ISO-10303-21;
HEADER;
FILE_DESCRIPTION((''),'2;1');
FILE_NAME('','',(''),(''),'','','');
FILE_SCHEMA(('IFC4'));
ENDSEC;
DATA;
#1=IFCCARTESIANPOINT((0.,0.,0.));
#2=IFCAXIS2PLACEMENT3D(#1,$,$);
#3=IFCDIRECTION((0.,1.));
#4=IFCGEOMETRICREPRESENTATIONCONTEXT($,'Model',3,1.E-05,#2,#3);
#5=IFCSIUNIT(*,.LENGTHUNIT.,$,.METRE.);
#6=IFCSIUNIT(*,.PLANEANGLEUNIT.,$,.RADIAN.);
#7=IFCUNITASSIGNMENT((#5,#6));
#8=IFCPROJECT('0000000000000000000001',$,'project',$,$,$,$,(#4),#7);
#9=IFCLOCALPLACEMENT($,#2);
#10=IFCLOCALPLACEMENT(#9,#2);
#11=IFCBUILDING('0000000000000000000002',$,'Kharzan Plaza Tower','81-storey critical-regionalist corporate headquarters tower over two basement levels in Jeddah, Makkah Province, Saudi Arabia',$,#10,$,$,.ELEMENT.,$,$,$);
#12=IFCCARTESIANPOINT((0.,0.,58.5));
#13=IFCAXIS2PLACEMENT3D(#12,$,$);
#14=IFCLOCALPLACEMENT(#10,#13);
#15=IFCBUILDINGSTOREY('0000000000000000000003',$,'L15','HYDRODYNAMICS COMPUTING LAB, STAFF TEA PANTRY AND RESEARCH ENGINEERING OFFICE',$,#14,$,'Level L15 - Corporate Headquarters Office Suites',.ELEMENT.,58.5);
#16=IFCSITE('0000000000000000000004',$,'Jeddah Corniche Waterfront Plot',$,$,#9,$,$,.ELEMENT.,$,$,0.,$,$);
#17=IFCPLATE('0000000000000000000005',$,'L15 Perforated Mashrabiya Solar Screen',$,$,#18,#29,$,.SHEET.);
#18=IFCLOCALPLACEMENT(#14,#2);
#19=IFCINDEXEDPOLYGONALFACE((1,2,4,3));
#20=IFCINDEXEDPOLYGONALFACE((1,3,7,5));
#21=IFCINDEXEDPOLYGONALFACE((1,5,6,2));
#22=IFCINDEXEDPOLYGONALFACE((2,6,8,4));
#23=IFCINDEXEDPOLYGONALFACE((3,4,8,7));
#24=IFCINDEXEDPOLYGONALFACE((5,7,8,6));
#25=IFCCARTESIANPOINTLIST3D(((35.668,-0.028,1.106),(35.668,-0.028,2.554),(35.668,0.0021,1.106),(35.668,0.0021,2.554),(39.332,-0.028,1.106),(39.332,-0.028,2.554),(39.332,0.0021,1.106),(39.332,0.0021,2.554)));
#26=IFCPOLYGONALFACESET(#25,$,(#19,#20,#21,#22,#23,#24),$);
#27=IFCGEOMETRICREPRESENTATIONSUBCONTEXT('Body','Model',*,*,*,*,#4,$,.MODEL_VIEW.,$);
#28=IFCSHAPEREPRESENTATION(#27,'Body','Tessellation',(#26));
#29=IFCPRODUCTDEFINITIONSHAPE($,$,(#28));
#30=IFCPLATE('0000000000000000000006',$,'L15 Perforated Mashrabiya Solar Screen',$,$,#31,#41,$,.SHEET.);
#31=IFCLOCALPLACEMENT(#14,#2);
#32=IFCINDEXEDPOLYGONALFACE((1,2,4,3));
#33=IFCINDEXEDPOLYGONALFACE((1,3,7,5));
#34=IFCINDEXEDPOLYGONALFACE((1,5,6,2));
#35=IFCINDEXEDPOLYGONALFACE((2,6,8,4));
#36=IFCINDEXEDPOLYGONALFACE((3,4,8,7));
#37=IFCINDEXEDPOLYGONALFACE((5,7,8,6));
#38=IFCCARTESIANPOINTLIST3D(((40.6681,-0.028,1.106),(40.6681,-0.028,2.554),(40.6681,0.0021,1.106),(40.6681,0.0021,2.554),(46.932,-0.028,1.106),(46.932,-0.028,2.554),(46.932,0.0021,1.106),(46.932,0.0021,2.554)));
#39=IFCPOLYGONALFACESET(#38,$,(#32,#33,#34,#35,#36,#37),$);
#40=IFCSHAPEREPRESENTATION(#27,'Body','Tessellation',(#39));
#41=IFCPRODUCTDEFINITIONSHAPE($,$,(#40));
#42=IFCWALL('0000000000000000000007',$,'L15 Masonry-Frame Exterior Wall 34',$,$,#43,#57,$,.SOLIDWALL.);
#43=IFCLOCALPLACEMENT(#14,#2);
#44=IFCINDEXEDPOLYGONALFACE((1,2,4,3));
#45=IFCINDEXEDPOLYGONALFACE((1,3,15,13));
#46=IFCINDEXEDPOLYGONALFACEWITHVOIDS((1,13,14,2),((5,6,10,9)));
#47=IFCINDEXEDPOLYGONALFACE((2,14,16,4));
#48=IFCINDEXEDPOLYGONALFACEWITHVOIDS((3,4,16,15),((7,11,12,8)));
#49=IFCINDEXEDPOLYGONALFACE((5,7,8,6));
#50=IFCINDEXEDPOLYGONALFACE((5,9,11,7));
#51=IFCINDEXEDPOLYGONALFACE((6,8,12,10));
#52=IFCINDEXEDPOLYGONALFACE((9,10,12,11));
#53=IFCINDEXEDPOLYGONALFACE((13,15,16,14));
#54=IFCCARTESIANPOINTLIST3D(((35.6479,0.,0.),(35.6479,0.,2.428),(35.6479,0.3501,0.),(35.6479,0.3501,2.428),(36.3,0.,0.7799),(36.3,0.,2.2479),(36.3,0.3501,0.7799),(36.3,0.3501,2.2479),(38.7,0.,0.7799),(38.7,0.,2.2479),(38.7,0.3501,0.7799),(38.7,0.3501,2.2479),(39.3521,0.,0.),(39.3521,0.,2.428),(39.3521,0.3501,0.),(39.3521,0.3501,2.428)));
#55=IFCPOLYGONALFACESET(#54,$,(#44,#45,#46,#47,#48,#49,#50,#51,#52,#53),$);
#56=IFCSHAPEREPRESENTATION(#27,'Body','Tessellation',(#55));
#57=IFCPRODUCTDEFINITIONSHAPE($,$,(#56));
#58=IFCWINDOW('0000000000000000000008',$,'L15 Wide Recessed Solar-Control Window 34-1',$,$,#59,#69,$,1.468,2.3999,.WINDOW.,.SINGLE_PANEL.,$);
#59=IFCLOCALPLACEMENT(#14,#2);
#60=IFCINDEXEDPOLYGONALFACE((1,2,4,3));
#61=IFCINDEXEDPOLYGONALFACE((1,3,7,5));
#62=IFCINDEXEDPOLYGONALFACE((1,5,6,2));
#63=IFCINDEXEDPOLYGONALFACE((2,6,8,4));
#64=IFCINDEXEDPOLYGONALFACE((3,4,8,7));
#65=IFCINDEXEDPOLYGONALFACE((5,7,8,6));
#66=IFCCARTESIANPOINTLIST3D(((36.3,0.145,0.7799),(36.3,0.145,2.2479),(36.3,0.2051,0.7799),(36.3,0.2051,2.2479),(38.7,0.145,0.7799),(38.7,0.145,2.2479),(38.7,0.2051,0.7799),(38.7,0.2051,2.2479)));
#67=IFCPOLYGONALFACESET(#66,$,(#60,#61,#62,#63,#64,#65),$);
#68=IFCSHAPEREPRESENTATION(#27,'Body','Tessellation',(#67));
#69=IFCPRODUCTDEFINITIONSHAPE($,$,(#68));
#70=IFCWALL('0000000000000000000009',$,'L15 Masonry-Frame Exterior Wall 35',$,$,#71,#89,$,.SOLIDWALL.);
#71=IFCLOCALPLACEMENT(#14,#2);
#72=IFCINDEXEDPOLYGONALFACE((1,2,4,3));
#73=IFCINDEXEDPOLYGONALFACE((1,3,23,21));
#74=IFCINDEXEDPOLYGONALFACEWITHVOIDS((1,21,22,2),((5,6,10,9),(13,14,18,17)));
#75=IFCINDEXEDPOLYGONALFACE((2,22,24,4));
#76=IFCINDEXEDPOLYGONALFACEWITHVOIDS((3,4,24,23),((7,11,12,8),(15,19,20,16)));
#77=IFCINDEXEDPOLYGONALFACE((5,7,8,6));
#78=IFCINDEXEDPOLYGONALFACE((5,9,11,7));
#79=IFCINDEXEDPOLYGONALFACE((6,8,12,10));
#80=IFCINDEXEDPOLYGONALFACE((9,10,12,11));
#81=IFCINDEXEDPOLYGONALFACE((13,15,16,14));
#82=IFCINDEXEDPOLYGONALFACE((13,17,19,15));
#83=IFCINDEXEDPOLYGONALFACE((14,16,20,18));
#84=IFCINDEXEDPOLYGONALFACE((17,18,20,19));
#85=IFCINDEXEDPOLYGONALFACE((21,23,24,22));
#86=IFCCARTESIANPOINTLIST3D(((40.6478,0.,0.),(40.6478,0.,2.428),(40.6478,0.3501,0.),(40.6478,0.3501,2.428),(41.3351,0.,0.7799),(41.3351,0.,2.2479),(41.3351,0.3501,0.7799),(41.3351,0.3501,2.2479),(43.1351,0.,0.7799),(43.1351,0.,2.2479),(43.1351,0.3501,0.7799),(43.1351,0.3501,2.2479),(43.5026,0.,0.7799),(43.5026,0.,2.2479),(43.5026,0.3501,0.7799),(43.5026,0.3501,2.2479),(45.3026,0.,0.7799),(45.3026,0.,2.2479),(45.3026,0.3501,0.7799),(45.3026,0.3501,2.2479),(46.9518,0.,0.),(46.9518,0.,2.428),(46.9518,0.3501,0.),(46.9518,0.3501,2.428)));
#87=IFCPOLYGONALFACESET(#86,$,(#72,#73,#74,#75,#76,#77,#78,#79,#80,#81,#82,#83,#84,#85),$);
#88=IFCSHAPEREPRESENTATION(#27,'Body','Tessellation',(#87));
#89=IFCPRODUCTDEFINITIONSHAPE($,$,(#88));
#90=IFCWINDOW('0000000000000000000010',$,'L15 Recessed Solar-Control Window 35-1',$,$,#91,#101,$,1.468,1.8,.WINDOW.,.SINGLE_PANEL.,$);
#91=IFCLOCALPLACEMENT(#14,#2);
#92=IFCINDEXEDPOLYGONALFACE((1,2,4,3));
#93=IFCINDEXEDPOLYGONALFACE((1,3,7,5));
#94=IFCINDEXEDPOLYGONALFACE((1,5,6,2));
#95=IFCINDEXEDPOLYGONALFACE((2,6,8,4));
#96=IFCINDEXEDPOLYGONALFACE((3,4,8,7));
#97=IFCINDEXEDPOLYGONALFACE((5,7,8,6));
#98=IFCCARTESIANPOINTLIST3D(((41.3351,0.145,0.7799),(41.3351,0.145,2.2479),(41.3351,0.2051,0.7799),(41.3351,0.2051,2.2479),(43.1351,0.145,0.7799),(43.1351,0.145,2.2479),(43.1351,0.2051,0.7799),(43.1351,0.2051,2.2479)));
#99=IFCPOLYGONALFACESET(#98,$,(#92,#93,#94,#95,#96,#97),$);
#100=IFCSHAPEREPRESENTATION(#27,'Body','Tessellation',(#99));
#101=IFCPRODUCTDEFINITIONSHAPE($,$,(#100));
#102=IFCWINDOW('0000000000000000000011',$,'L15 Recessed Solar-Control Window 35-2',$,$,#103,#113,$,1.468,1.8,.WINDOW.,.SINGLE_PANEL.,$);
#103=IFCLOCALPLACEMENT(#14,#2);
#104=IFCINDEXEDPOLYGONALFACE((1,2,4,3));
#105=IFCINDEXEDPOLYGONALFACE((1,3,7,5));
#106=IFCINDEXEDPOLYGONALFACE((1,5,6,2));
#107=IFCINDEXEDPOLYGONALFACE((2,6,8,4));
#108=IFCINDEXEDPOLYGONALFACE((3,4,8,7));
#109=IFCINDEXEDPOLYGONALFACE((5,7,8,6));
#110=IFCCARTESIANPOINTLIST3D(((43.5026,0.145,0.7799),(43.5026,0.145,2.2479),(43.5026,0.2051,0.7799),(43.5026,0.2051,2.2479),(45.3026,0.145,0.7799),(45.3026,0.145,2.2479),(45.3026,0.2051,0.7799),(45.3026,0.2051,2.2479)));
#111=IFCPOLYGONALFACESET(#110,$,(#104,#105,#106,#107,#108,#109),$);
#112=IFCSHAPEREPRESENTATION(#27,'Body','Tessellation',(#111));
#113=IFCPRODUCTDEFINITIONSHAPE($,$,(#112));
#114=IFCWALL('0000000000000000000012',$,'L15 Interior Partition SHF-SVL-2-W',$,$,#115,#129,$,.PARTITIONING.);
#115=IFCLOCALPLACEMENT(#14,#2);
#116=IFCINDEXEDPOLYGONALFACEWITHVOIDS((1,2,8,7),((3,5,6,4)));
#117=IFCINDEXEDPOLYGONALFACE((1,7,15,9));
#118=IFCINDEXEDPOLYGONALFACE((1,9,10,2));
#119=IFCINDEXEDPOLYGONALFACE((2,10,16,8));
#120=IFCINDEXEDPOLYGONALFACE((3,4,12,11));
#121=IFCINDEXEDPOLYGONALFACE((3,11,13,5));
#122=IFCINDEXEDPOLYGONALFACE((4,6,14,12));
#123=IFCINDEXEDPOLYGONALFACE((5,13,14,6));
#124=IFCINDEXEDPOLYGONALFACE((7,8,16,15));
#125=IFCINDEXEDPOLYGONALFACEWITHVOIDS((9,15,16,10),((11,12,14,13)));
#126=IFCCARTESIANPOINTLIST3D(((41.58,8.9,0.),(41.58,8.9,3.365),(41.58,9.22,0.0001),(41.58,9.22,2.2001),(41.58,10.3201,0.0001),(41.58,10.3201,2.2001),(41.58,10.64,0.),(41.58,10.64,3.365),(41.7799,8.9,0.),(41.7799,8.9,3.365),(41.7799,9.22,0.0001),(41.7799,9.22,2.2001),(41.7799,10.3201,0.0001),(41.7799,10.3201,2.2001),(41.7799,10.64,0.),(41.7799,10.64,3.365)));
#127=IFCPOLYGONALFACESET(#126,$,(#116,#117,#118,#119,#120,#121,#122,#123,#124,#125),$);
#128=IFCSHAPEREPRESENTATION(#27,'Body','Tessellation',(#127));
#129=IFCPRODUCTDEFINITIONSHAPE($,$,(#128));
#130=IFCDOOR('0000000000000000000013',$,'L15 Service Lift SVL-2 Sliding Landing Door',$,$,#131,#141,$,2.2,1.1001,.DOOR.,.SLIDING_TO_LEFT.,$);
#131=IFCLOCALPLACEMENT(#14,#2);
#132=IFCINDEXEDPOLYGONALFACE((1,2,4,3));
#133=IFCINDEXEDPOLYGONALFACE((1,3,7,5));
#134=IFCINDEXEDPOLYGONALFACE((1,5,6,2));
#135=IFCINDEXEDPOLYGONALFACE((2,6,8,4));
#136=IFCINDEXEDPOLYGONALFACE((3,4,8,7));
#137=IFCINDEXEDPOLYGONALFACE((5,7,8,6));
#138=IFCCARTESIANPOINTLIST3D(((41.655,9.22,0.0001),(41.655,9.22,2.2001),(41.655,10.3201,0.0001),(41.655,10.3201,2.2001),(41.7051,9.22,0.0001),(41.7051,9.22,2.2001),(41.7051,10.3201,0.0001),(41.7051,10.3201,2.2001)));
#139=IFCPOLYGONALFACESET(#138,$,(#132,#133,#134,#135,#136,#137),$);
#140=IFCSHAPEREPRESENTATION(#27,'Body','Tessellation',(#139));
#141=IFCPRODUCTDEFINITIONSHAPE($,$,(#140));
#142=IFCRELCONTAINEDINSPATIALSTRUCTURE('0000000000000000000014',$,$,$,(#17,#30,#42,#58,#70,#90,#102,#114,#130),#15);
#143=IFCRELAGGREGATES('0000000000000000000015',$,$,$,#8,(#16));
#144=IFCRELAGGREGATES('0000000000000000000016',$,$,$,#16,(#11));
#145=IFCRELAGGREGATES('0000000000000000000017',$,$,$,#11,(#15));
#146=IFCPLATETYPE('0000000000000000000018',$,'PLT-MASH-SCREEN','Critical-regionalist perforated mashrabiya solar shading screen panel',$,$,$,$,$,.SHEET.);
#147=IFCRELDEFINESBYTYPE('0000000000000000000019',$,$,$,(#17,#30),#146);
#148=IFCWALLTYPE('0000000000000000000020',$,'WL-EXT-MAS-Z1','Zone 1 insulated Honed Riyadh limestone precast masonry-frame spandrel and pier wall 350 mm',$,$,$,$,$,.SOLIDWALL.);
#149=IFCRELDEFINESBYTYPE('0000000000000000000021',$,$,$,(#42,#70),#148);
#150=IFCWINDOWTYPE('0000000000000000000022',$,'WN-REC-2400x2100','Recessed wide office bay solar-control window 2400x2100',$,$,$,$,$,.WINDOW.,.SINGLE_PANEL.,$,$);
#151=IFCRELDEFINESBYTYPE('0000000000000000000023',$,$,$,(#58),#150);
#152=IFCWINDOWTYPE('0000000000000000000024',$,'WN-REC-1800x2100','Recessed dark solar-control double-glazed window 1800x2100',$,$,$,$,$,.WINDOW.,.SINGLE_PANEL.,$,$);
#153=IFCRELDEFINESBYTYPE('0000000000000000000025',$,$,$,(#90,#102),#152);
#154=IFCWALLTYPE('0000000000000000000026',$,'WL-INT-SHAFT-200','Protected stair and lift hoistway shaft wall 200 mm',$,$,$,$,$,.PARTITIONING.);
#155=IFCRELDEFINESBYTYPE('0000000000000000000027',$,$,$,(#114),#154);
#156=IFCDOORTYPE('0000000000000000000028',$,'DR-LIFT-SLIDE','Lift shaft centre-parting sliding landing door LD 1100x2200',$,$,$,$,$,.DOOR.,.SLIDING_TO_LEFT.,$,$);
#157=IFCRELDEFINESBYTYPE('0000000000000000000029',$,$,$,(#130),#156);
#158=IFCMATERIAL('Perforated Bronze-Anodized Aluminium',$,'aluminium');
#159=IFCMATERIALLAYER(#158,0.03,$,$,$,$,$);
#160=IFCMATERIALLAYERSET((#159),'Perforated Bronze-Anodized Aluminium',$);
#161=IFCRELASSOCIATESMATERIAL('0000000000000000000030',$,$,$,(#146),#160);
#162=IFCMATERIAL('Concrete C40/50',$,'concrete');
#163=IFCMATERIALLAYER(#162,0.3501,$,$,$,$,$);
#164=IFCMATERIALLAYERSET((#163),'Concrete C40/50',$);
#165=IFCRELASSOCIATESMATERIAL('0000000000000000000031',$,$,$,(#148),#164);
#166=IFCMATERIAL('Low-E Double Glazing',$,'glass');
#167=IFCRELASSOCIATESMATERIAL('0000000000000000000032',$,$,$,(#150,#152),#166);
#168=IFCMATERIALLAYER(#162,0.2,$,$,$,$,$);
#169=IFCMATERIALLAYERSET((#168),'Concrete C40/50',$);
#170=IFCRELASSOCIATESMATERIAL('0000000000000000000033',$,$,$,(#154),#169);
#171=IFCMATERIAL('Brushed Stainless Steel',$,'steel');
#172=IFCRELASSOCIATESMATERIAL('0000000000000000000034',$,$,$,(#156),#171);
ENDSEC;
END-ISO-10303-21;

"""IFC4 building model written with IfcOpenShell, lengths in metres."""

from ifc_helpers import new_model, si_unit, direction, frame, frame_2d, origin, origin_2d, place, context, subcontext, project, spatial, rectangle, extrude, source, transform, mapped, material, layer, layer_set, type_object, element, fill, save


model = new_model("IFC4")

# Units and contexts
model_context = context("Model", 3, precision=1e-05, world=origin(), true_north=direction((0.0, 1.0)))
body_context = subcontext(model_context, "Body", "Model", "MODEL_VIEW")
ifc_project = project(units=[si_unit("LENGTHUNIT", "METRE"), si_unit("PLANEANGLEUNIT", "RADIAN")], contexts=[model_context])

# Site, building, storey
site_placement = place(None, origin())
site = spatial("IfcSite", under=ifc_project, at=site_placement, Name="Jeddah Corniche Waterfront Plot", CompositionType="ELEMENT", RefElevation=0.0)
building_placement = place(site_placement, origin())
building = spatial("IfcBuilding", under=site, at=building_placement, Name="Kharzan Plaza Tower", Description="81-storey critical-regionalist corporate headquarters tower over two basement levels in Jeddah, Makkah Province, Saudi Arabia", CompositionType="ELEMENT")
storey_placement = place(building_placement, frame((0.0, 0.0, 58.5)))
storey = spatial("IfcBuildingStorey", under=building, at=storey_placement, Name="L15", Description="HYDRODYNAMICS COMPUTING LAB, STAFF TEA PANTRY AND RESEARCH ENGINEERING OFFICE", LongName="Level L15 - Corporate Headquarters Office Suites", CompositionType="ELEMENT", Elevation=58.5)

# Plates
ifc_material_1 = material(Name="Perforated Bronze-Anodized Aluminium", Category="aluminium")
ifc_layer_1 = layer(ifc_material_1, 0.03)
ifc_layer_set_1 = layer_set([ifc_layer_1], Name="Perforated Bronze-Anodized Aluminium")
plate_type = type_object("IfcPlateType", Name="PLT-MASH-SCREEN", Description="Critical-regionalist perforated mashrabiya solar shading screen panel", PredefinedType="SHEET", material=ifc_layer_set_1)
shared_shape_1 = source(origin(), body_context, "Body", "SweptSolid", [
    extrude(rectangle(XDim=3.6641, YDim=0.03, at=origin_2d()), origin(), (0.0, 0.0, 1.0), 1.448),
])
plate_1_placement = place(storey_placement, frame((37.5, -0.0129, 1.106), z_axis=(0.0, 0.0, 1.0), x_axis=(1.0, 0.0, 0.0)))
element("IfcPlate", 1, at=plate_1_placement, inside=storey, type_object=plate_type, Name="L15 Perforated Mashrabiya Solar Screen", PredefinedType="SHEET", context=body_context, shape_type="MappedRepresentation", body=[
    mapped(shared_shape_1, transform((0.0, 0.0, 0.0), x_axis=(1.0, 0.0, 0.0), y_axis=(0.0, 1.0, 0.0), z_axis=(0.0, 0.0, 1.0))),
])
shared_shape_2 = source(origin(), body_context, "Body", "SweptSolid", [
    extrude(rectangle(XDim=6.2639, YDim=0.03, at=origin_2d()), origin(), (0.0, 0.0, 1.0), 1.448),
])
plate_2_placement = place(storey_placement, frame((43.8, -0.0129, 1.106), z_axis=(0.0, 0.0, 1.0), x_axis=(1.0, 0.0, 0.0)))
element("IfcPlate", 2, at=plate_2_placement, inside=storey, type_object=plate_type, Name="L15 Perforated Mashrabiya Solar Screen", PredefinedType="SHEET", context=body_context, shape_type="MappedRepresentation", body=[
    mapped(shared_shape_2, transform((0.0, 0.0, 0.0), x_axis=(1.0, 0.0, 0.0), y_axis=(0.0, 1.0, 0.0), z_axis=(0.0, 0.0, 1.0))),
])

# Wall, opening, window
ifc_material_2 = material(Name="Concrete C40/50", Category="concrete")
ifc_layer_2 = layer(ifc_material_2, 0.3501)
ifc_layer_set_2 = layer_set([ifc_layer_2], Name="Concrete C40/50")
wall_type_1 = type_object("IfcWallType", Name="WL-EXT-MAS-Z1", Description="Zone 1 insulated Honed Riyadh limestone precast masonry-frame spandrel and pier wall 350 mm", PredefinedType="SOLIDWALL", material=ifc_layer_set_2)
wall_1_placement = place(storey_placement, frame((35.6479, 0.175, 0.0), z_axis=(0.0, 0.0, 1.0), x_axis=(1.0, 0.0, 0.0)))
wall_1 = element("IfcWall", 3, at=wall_1_placement, inside=storey, type_object=wall_type_1, Name="L15 Masonry-Frame Exterior Wall 34", PredefinedType="SOLIDWALL", context=body_context, shape_type="SweptSolid", body=[
    extrude(rectangle(XDim=3.7041, YDim=0.3501, at=frame_2d((1.8521, 0.0))), origin(), (0.0, 0.0, 1.0), 2.428),
])
opening_1_placement = place(wall_1_placement, frame((0.6521, 0.0, 0.78)))
opening_1 = element("IfcOpeningElement", 4, at=opening_1_placement, cuts=wall_1, PredefinedType="OPENING", context=body_context, shape_type="SweptSolid", body=[
    extrude(rectangle(XDim=2.3999, YDim=1.468, at=frame_2d((1.2, 0.7339))), frame((0.0, 0.1851, 0.0), z_axis=(0.0, -1.0, 0.0), x_axis=(1.0, 0.0, 0.0)), (0.0, 0.0, 1.0), 0.3701),
])
ifc_material_3 = material(Name="Low-E Double Glazing", Category="glass")
window_type_1 = type_object("IfcWindowType", Name="WN-REC-2400x2100", Description="Recessed wide office bay solar-control window 2400x2100", PartitioningType="SINGLE_PANEL", PredefinedType="WINDOW", material=ifc_material_3)
shared_shape_3 = source(origin(), body_context, "Body", "SweptSolid", [
    extrude(rectangle(XDim=2.3999, YDim=1.468, at=frame_2d((1.2, 0.7339))), frame((0.0, 0.03, 0.0), z_axis=(0.0, -1.0, 0.0), x_axis=(1.0, 0.0, 0.0)), (0.0, 0.0, 1.0), 0.0601),
])
window_1_placement = place(opening_1_placement, origin())
window_1 = element("IfcWindow", 5, at=window_1_placement, inside=storey, type_object=window_type_1, Name="L15 Wide Recessed Solar-Control Window 34-1", OverallHeight=1.468, OverallWidth=2.3999, PartitioningType="SINGLE_PANEL", PredefinedType="WINDOW", context=body_context, shape_type="MappedRepresentation", body=[
    mapped(shared_shape_3, transform((0.0, 0.0, 0.0), x_axis=(1.0, 0.0, 0.0), y_axis=(0.0, 1.0, 0.0), z_axis=(0.0, 0.0, 1.0))),
])
fill(opening_1, window_1)

# Wall, openings, windows
wall_2_placement = place(storey_placement, frame((40.6479, 0.175, 0.0), z_axis=(0.0, 0.0, 1.0), x_axis=(1.0, 0.0, 0.0)))
wall_2 = element("IfcWall", 6, at=wall_2_placement, inside=storey, type_object=wall_type_1, Name="L15 Masonry-Frame Exterior Wall 35", PredefinedType="SOLIDWALL", context=body_context, shape_type="SweptSolid", body=[
    extrude(rectangle(XDim=6.304, YDim=0.3501, at=frame_2d((3.1519, 0.0))), origin(), (0.0, 0.0, 1.0), 2.428),
])
opening_2_placement = place(wall_2_placement, frame((0.6873, 0.0, 0.78)))
opening_2 = element("IfcOpeningElement", 7, at=opening_2_placement, cuts=wall_2, PredefinedType="OPENING", context=body_context, shape_type="SweptSolid", body=[
    extrude(rectangle(XDim=1.8, YDim=1.468, at=frame_2d((0.8999, 0.7339))), frame((0.0, 0.1851, 0.0), z_axis=(0.0, -1.0, 0.0), x_axis=(1.0, 0.0, 0.0)), (0.0, 0.0, 1.0), 0.3701),
])
opening_3_placement = place(wall_2_placement, frame((2.8547, 0.0, 0.78)))
opening_3 = element("IfcOpeningElement", 8, at=opening_3_placement, cuts=wall_2, PredefinedType="OPENING", context=body_context, shape_type="SweptSolid", body=[
    extrude(rectangle(XDim=1.8, YDim=1.468, at=frame_2d((0.8999, 0.7339))), frame((0.0, 0.1851, 0.0), z_axis=(0.0, -1.0, 0.0), x_axis=(1.0, 0.0, 0.0)), (0.0, 0.0, 1.0), 0.3701),
])
window_type_2 = type_object("IfcWindowType", Name="WN-REC-1800x2100", Description="Recessed dark solar-control double-glazed window 1800x2100", PartitioningType="SINGLE_PANEL", PredefinedType="WINDOW", material=ifc_material_3)
shared_shape_4 = source(origin(), body_context, "Body", "SweptSolid", [
    extrude(rectangle(XDim=1.8, YDim=1.468, at=frame_2d((0.8999, 0.7339))), frame((0.0, 0.03, 0.0), z_axis=(0.0, -1.0, 0.0), x_axis=(1.0, 0.0, 0.0)), (0.0, 0.0, 1.0), 0.0601),
])
window_2_placement = place(opening_2_placement, origin())
window_2 = element("IfcWindow", 9, at=window_2_placement, inside=storey, type_object=window_type_2, Name="L15 Recessed Solar-Control Window 35-1", OverallHeight=1.468, OverallWidth=1.8, PartitioningType="SINGLE_PANEL", PredefinedType="WINDOW", context=body_context, shape_type="MappedRepresentation", body=[
    mapped(shared_shape_4, transform((0.0, 0.0, 0.0), x_axis=(1.0, 0.0, 0.0), y_axis=(0.0, 1.0, 0.0), z_axis=(0.0, 0.0, 1.0))),
])
fill(opening_2, window_2)
window_3_placement = place(opening_3_placement, origin())
window_3 = element("IfcWindow", 10, at=window_3_placement, inside=storey, type_object=window_type_2, Name="L15 Recessed Solar-Control Window 35-2", OverallHeight=1.468, OverallWidth=1.8, PartitioningType="SINGLE_PANEL", PredefinedType="WINDOW", context=body_context, shape_type="MappedRepresentation", body=[
    mapped(shared_shape_4, transform((0.0, 0.0, 0.0), x_axis=(1.0, 0.0, 0.0), y_axis=(0.0, 1.0, 0.0), z_axis=(0.0, 0.0, 1.0))),
])
fill(opening_3, window_3)

# Wall, opening, door
ifc_layer_3 = layer(ifc_material_2, 0.2)
ifc_layer_set_3 = layer_set([ifc_layer_3], Name="Concrete C40/50")
wall_type_2 = type_object("IfcWallType", Name="WL-INT-SHAFT-200", Description="Protected stair and lift hoistway shaft wall 200 mm", PredefinedType="PARTITIONING", material=ifc_layer_set_3)
wall_3_placement = place(storey_placement, frame((41.6799, 8.8999, 0.0), z_axis=(0.0, 0.0, 1.0), x_axis=(0.0, 1.0, 0.0)))
wall_3 = element("IfcWall", 11, at=wall_3_placement, inside=storey, type_object=wall_type_2, Name="L15 Interior Partition SHF-SVL-2-W", PredefinedType="PARTITIONING", context=body_context, shape_type="SweptSolid", body=[
    extrude(rectangle(XDim=1.74, YDim=0.2, at=frame_2d((0.8701, 0.0))), origin(), (0.0, 0.0, 1.0), 3.365),
])
opening_4_placement = place(wall_3_placement, frame((0.3201, 0.0, 0.0)))
opening_4 = element("IfcOpeningElement", 12, at=opening_4_placement, cuts=wall_3, PredefinedType="OPENING", context=body_context, shape_type="SweptSolid", body=[
    extrude(rectangle(XDim=1.1001, YDim=2.2, at=frame_2d((0.55, 1.1001))), frame((0.0, 0.1099, 0.0), z_axis=(0.0, -1.0, 0.0), x_axis=(1.0, 0.0, 0.0)), (0.0, 0.0, 1.0), 0.22),
])
ifc_material_4 = material(Name="Brushed Stainless Steel", Category="steel")
door_type_1 = type_object("IfcDoorType", Name="DR-LIFT-SLIDE", Description="Lift shaft centre-parting sliding landing door LD 1100x2200", OperationType="SLIDING_TO_LEFT", PredefinedType="DOOR", material=ifc_material_4)
shared_shape_5 = source(origin(), body_context, "Body", "SweptSolid", [
    extrude(rectangle(XDim=1.1001, YDim=2.2, at=frame_2d((0.55, 1.1001))), frame((0.0, 0.0249, 0.0), z_axis=(0.0, -1.0, 0.0), x_axis=(1.0, 0.0, 0.0)), (0.0, 0.0, 1.0), 0.05),
])
door_1_placement = place(opening_4_placement, origin())
door_1 = element("IfcDoor", 13, at=door_1_placement, inside=storey, type_object=door_type_1, Name="L15 Service Lift SVL-2 Sliding Landing Door", OperationType="SLIDING_TO_LEFT", OverallHeight=2.2, OverallWidth=1.1001, PredefinedType="DOOR", context=body_context, shape_type="MappedRepresentation", body=[
    mapped(shared_shape_5, transform((0.0, 0.0, 0.0), x_axis=(1.0, 0.0, 0.0), y_axis=(0.0, 1.0, 0.0), z_axis=(0.0, 0.0, 1.0))),
])
fill(opening_4, door_1)

save(model, "model.ifc")
